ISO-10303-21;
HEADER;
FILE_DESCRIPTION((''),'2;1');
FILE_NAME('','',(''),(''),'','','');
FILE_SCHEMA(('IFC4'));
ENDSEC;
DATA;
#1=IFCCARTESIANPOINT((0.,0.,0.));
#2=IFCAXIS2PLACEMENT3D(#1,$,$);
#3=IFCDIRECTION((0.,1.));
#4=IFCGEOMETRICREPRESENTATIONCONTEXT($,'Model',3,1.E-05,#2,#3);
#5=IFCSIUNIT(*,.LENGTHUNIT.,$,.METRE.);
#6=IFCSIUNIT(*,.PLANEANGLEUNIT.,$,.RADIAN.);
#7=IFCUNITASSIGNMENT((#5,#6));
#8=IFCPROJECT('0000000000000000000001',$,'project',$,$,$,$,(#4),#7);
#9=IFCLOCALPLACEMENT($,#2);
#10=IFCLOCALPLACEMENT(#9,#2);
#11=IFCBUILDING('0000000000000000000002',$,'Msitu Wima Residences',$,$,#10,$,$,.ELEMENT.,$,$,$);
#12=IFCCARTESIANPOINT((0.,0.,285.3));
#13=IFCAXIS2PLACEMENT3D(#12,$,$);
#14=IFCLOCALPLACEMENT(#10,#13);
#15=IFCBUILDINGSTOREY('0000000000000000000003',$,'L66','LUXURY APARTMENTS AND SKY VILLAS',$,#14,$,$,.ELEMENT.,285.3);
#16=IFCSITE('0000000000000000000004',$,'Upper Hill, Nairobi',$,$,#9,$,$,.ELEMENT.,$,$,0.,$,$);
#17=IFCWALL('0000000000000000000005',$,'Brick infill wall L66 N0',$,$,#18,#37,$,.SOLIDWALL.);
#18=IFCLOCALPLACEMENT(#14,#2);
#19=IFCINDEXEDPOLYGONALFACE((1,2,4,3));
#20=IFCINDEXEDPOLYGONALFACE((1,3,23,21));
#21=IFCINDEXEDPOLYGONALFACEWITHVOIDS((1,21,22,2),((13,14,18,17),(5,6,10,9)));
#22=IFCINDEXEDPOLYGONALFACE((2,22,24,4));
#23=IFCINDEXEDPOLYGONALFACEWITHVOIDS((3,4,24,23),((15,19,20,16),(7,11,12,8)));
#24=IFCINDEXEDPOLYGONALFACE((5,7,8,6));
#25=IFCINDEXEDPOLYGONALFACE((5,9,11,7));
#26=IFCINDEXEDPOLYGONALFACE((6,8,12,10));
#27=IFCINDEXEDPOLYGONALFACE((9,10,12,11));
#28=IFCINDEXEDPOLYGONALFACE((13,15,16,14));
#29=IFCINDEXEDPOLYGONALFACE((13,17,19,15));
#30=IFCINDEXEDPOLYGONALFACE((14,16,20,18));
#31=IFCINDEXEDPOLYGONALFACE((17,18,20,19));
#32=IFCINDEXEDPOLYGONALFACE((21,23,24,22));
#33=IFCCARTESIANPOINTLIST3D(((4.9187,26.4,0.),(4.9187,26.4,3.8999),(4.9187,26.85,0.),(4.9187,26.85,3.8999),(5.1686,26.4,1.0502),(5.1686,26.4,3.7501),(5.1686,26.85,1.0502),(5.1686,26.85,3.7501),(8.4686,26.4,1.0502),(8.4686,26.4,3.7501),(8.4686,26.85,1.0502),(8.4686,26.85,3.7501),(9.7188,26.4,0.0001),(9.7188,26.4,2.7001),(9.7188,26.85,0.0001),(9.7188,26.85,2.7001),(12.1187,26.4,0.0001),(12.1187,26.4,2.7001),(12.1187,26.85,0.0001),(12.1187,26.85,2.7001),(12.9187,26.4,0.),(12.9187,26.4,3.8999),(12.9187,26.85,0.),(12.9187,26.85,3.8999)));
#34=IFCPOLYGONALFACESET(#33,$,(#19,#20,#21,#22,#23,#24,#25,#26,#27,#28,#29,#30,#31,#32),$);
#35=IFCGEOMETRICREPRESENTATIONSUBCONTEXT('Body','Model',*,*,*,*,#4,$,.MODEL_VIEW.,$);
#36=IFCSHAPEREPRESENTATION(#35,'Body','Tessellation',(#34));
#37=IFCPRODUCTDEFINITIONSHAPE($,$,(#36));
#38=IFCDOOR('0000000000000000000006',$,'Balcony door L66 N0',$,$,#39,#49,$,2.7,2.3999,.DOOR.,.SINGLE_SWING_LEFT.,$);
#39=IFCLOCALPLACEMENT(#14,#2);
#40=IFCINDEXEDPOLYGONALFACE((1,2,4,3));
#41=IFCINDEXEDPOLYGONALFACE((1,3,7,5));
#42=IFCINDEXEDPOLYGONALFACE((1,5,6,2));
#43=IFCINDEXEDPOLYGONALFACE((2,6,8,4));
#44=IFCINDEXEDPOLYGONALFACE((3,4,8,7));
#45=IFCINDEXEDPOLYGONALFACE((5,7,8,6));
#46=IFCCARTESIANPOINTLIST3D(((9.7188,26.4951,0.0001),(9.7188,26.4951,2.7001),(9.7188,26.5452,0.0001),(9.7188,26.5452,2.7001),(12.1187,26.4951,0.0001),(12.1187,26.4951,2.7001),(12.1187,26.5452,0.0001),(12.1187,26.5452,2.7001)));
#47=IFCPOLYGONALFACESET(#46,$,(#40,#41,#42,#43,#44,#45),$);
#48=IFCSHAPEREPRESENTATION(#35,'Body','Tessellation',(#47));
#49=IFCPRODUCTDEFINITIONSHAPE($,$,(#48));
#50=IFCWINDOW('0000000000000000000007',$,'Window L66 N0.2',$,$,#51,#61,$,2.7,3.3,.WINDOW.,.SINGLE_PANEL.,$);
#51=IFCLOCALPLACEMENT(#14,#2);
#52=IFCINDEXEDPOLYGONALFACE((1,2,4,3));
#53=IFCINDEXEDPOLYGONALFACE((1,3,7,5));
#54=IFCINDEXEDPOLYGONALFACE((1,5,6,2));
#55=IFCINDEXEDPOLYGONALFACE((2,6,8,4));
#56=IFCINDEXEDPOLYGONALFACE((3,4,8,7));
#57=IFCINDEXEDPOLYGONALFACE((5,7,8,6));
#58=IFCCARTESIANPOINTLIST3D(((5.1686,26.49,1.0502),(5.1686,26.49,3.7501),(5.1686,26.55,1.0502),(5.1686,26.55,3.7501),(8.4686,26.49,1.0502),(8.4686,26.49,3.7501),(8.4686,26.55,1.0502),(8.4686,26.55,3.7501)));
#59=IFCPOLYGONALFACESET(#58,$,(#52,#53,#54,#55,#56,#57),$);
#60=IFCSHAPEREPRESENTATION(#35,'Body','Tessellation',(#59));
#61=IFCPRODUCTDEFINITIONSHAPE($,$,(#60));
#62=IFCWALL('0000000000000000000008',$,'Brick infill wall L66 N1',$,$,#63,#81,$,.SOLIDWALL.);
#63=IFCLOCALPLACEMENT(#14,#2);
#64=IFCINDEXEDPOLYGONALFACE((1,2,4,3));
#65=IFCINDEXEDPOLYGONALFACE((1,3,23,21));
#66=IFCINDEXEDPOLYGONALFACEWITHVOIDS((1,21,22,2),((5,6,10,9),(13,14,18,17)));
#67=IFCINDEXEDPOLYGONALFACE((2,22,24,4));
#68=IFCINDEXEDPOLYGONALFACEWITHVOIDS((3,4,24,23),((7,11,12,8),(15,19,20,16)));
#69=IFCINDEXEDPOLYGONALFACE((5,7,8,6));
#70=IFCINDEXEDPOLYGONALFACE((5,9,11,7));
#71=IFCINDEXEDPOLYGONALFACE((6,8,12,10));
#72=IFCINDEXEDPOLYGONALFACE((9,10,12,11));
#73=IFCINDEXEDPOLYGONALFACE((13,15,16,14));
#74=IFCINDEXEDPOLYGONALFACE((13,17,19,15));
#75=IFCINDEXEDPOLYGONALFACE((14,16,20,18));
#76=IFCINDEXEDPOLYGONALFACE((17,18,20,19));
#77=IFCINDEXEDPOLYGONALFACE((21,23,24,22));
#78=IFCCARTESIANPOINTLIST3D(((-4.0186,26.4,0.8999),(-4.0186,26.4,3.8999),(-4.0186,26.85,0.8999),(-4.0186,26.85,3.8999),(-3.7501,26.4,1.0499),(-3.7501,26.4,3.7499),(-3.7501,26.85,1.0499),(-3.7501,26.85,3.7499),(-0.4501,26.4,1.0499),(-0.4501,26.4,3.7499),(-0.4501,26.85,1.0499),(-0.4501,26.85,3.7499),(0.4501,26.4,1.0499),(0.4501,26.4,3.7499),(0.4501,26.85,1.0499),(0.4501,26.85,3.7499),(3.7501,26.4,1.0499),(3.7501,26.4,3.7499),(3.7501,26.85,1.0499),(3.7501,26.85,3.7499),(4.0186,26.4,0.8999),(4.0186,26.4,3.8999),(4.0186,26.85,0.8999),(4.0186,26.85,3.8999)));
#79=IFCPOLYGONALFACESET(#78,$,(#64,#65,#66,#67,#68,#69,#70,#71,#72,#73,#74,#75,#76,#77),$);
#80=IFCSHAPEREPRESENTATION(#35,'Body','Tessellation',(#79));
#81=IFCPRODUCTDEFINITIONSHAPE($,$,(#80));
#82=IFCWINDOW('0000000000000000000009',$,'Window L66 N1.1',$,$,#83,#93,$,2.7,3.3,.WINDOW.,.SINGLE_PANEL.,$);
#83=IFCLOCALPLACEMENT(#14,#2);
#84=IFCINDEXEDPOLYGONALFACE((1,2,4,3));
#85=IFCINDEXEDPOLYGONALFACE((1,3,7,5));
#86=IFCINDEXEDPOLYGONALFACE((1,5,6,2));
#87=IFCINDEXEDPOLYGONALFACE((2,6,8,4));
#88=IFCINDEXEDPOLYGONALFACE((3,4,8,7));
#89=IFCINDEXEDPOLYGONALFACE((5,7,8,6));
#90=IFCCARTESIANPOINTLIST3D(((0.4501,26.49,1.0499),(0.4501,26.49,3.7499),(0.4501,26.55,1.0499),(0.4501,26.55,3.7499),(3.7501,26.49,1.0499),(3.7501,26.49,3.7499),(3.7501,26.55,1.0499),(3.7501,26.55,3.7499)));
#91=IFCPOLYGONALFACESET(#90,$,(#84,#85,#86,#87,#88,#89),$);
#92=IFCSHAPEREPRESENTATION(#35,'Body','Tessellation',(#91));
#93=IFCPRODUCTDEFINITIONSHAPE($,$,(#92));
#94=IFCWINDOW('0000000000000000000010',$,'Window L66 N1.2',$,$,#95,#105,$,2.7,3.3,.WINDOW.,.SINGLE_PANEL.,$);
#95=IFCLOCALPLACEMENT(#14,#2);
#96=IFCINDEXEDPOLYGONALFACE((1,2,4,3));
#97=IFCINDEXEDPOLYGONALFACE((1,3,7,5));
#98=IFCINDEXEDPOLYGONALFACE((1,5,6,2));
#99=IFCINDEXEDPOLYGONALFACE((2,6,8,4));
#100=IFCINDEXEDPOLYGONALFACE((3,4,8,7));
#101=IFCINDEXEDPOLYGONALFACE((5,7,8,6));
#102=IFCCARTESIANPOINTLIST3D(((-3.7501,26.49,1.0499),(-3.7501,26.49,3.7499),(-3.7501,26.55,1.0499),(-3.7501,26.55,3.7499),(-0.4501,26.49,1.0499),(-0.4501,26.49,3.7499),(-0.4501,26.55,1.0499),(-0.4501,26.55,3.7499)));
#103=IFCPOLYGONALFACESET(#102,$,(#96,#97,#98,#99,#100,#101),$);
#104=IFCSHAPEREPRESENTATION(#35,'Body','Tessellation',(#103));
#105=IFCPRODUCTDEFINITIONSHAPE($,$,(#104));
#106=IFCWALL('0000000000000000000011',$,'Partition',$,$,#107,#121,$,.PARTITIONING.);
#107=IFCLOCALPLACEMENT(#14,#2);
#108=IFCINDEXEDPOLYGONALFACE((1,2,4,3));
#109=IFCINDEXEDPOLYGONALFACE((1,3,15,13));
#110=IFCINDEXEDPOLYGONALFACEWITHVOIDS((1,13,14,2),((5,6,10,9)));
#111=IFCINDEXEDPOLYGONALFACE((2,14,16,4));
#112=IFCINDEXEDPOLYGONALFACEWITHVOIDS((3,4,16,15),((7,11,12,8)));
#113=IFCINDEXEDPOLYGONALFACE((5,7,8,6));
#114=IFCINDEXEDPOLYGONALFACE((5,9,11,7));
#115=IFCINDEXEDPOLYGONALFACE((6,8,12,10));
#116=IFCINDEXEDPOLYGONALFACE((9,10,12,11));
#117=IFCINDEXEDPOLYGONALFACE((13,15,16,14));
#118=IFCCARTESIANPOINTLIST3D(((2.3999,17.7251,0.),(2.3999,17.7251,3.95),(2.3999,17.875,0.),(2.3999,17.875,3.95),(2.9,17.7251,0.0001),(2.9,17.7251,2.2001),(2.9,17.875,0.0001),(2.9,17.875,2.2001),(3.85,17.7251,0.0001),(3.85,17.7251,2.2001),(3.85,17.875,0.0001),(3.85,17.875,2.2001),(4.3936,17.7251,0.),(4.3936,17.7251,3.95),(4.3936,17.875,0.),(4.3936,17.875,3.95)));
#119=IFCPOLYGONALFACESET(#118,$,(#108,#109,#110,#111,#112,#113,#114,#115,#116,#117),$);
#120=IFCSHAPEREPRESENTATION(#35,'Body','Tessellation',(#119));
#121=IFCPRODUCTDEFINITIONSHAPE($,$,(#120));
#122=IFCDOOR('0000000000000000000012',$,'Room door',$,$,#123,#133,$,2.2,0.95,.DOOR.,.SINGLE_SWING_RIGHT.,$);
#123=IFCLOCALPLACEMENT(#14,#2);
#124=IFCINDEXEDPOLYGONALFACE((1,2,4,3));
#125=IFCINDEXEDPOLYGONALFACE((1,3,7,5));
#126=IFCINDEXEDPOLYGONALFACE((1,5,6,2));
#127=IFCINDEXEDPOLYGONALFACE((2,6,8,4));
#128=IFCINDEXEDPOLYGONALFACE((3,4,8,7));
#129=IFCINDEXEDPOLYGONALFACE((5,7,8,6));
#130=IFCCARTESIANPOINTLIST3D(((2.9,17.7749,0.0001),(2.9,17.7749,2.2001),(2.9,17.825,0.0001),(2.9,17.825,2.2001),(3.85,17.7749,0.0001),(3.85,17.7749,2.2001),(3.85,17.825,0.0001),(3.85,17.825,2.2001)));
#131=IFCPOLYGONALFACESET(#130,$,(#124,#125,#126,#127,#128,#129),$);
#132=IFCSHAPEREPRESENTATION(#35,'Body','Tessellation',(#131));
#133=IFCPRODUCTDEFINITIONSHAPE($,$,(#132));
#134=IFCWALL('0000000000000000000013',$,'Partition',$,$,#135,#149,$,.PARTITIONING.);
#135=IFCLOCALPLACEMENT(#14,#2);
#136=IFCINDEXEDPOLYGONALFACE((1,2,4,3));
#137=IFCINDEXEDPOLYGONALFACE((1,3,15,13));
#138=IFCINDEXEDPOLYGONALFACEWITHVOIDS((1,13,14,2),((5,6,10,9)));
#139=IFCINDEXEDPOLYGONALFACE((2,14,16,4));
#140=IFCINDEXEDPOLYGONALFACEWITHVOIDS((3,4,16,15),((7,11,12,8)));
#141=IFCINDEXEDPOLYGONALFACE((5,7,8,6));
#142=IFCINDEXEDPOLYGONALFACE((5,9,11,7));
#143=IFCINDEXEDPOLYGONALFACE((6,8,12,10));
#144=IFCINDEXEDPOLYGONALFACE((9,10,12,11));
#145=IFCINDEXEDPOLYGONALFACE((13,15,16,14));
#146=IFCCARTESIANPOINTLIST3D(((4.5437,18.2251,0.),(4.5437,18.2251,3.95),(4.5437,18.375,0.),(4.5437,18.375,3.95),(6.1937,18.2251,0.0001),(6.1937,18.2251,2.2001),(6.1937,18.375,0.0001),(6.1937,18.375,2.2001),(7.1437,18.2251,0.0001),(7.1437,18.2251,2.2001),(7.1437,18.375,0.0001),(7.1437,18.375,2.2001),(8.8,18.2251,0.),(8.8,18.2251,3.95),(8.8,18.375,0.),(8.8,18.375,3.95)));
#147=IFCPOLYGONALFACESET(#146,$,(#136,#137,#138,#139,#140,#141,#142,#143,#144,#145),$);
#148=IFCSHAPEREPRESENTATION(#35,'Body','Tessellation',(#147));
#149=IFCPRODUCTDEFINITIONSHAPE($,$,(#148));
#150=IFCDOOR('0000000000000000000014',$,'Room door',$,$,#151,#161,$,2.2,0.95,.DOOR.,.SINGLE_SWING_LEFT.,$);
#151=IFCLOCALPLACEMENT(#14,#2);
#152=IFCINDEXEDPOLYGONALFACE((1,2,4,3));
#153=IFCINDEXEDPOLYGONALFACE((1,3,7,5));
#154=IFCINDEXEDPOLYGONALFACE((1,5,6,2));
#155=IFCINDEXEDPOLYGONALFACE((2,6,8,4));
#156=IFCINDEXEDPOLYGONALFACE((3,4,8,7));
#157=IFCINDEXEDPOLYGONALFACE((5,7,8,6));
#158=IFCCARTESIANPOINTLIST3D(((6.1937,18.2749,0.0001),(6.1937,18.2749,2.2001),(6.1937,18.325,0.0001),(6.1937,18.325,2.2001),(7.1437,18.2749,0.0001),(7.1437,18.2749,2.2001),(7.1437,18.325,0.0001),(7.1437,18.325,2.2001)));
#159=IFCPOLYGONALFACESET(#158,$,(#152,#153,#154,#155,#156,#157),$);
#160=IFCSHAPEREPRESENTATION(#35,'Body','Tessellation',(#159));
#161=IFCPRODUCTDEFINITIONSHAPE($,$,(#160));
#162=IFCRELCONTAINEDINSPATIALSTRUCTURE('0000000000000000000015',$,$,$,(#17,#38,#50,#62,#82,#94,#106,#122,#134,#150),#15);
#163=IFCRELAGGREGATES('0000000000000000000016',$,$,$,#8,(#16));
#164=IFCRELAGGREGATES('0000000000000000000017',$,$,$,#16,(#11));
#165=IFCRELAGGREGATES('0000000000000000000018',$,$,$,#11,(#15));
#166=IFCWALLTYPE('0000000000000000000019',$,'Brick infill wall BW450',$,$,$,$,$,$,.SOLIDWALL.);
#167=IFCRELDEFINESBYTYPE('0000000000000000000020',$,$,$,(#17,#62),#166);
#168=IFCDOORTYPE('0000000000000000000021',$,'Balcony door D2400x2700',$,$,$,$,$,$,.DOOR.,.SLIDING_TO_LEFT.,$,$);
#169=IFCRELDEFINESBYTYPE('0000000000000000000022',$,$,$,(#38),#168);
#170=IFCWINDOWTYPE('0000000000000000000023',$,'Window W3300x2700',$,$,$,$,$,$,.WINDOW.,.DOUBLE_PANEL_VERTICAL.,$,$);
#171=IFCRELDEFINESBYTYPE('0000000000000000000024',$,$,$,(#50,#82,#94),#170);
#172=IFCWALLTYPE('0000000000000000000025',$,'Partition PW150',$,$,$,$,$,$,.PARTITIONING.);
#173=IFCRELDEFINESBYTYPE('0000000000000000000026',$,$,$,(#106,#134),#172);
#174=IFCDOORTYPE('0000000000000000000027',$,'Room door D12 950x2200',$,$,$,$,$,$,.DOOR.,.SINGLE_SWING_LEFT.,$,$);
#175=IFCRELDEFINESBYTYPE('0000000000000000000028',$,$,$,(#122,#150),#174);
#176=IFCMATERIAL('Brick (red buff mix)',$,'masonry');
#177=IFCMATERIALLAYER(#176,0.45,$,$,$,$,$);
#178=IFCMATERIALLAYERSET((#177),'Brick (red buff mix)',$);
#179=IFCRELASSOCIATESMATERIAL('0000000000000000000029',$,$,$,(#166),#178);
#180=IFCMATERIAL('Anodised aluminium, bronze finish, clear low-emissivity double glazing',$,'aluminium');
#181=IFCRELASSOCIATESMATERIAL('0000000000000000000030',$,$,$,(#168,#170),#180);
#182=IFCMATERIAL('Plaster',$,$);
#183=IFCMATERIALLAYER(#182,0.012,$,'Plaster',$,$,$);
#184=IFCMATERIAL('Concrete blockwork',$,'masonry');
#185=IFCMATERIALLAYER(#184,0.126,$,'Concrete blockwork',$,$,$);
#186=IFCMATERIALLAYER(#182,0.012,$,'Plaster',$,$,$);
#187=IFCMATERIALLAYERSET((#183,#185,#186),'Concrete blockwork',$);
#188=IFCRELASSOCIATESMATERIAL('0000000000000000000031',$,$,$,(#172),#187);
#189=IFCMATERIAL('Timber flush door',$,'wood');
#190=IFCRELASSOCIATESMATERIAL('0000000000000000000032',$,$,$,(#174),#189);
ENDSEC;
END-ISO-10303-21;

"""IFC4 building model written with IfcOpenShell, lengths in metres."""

from ifc_helpers import new_model, si_unit, direction, frame, frame_2d, origin, place, context, subcontext, project, spatial, rectangle, extrude, material, layer, layer_set, type_object, element, fill, save


model = new_model("IFC4")

# Units and contexts
model_context = context("Model", 3, precision=1e-05, world=origin(), true_north=direction((0.0, 1.0)))
body_context = subcontext(model_context, "Body", "Model", "MODEL_VIEW")
ifc_project = project(units=[si_unit("LENGTHUNIT", "METRE"), si_unit("PLANEANGLEUNIT", "RADIAN")], contexts=[model_context])

# Site, building, storey
site_placement = place(None, origin())
site = spatial("IfcSite", under=ifc_project, at=site_placement, Name="Upper Hill, Nairobi", CompositionType="ELEMENT", RefElevation=0.0)
building_placement = place(site_placement, origin())
building = spatial("IfcBuilding", under=site, at=building_placement, Name="Msitu Wima Residences", CompositionType="ELEMENT")
storey_placement = place(building_placement, frame((0.0, 0.0, 285.3)))
storey = spatial("IfcBuildingStorey", under=building, at=storey_placement, Name="L66", Description="LUXURY APARTMENTS AND SKY VILLAS", CompositionType="ELEMENT", Elevation=285.3)

# Wall, openings, door, window
ifc_material_1 = material(Name="Brick (red buff mix)", Category="masonry")
ifc_layer_1 = layer(ifc_material_1, 0.45)
ifc_layer_set_1 = layer_set([ifc_layer_1], Name="Brick (red buff mix)")
wall_type_1 = type_object("IfcWallType", Name="Brick infill wall BW450", PredefinedType="SOLIDWALL", material=ifc_layer_set_1)
wall_1_placement = place(storey_placement, frame((12.9187, 26.625, 0.0), z_axis=(0.0, 0.0, 1.0), x_axis=(-1.0, 0.0, 0.0)))
wall_1 = element("IfcWall", 1, at=wall_1_placement, inside=storey, type_object=wall_type_1, Name="Brick infill wall L66 N0", PredefinedType="SOLIDWALL", context=body_context, shape_type="SweptSolid", body=[
    extrude(rectangle(XDim=8.0, YDim=0.45, at=frame_2d((4.0, 0.0))), origin(), (0.0, 0.0, 1.0), 3.8999),
])
opening_1_placement = place(wall_1_placement, frame((0.8, 0.0, 0.0)))
opening_1 = element("IfcOpeningElement", 2, at=opening_1_placement, cuts=wall_1, PredefinedType="OPENING", context=body_context, shape_type="SweptSolid", body=[
    extrude(rectangle(XDim=2.3999, YDim=2.7, at=frame_2d((1.2, 1.3501))), frame((0.0, 0.2349, 0.0), z_axis=(0.0, -1.0, 0.0), x_axis=(1.0, 0.0, 0.0)), (0.0, 0.0, 1.0), 0.47),
])
opening_2_placement = place(wall_1_placement, frame((4.4502, 0.0, 1.05)))
opening_2 = element("IfcOpeningElement", 3, at=opening_2_placement, cuts=wall_1, PredefinedType="OPENING", context=body_context, shape_type="SweptSolid", body=[
    extrude(rectangle(XDim=3.3, YDim=2.7, at=frame_2d((1.6499, 1.3501))), frame((0.0, 0.2349, 0.0), z_axis=(0.0, -1.0, 0.0), x_axis=(1.0, 0.0, 0.0)), (0.0, 0.0, 1.0), 0.47),
])
ifc_material_2 = material(Name="Anodised aluminium, bronze finish, clear low-emissivity double glazing", Category="aluminium")
door_type_1 = type_object("IfcDoorType", Name="Balcony door D2400x2700", OperationType="SLIDING_TO_LEFT", PredefinedType="DOOR", material=ifc_material_2)
door_1_placement = place(opening_1_placement, origin())
door_1 = element("IfcDoor", 4, at=door_1_placement, inside=storey, type_object=door_type_1, Name="Balcony door L66 N0", OperationType="SINGLE_SWING_LEFT", OverallHeight=2.7, OverallWidth=2.3999, PredefinedType="DOOR", context=body_context, shape_type="SweptSolid", body=[
    extrude(rectangle(XDim=2.3999, YDim=2.7, at=frame_2d((1.2, 1.3501))), frame((0.0, 0.1299, 0.0), z_axis=(0.0, -1.0, 0.0), x_axis=(1.0, 0.0, 0.0)), (0.0, 0.0, 1.0), 0.05),
])
fill(opening_1, door_1)
window_type = type_object("IfcWindowType", Name="Window W3300x2700", PartitioningType="DOUBLE_PANEL_VERTICAL", PredefinedType="WINDOW", material=ifc_material_2)
window_1_placement = place(opening_2_placement, origin())
window_1 = element("IfcWindow", 5, at=window_1_placement, inside=storey, type_object=window_type, Name="Window L66 N0.2", OverallHeight=2.7, OverallWidth=3.3, PartitioningType="SINGLE_PANEL", PredefinedType="WINDOW", context=body_context, shape_type="SweptSolid", body=[
    extrude(rectangle(XDim=3.3, YDim=2.7, at=frame_2d((1.6499, 1.3501))), frame((0.0, 0.135, 0.0), z_axis=(0.0, -1.0, 0.0), x_axis=(1.0, 0.0, 0.0)), (0.0, 0.0, 1.0), 0.0601),
])
fill(opening_2, window_1)

# Wall, openings, windows
wall_2_placement = place(storey_placement, frame((4.0186, 26.625, 0.8999), z_axis=(0.0, 0.0, 1.0), x_axis=(-1.0, 0.0, 0.0)))
wall_2 = element("IfcWall", 6, at=wall_2_placement, inside=storey, type_object=wall_type_1, Name="Brick infill wall L66 N1", PredefinedType="SOLIDWALL", context=body_context, shape_type="SweptSolid", body=[
    extrude(rectangle(XDim=8.0371, YDim=0.45, at=frame_2d((4.0186, 0.0))), origin(), (0.0, 0.0, 1.0), 3.0),
])
opening_3_placement = place(wall_2_placement, frame((0.2686, 0.0, 0.1499)))
opening_3 = element("IfcOpeningElement", 7, at=opening_3_placement, cuts=wall_2, PredefinedType="OPENING", context=body_context, shape_type="SweptSolid", body=[
    extrude(rectangle(XDim=3.3, YDim=2.7, at=frame_2d((1.6499, 1.3501))), frame((0.0, 0.2349, 0.0), z_axis=(0.0, -1.0, 0.0), x_axis=(1.0, 0.0, 0.0)), (0.0, 0.0, 1.0), 0.47),
])
opening_4_placement = place(wall_2_placement, frame((4.4688, 0.0, 0.1499)))
opening_4 = element("IfcOpeningElement", 8, at=opening_4_placement, cuts=wall_2, PredefinedType="OPENING", context=body_context, shape_type="SweptSolid", body=[
    extrude(rectangle(XDim=3.3, YDim=2.7, at=frame_2d((1.6499, 1.3501))), frame((0.0, 0.2349, 0.0), z_axis=(0.0, -1.0, 0.0), x_axis=(1.0, 0.0, 0.0)), (0.0, 0.0, 1.0), 0.47),
])
window_2_placement = place(opening_3_placement, origin())
window_2 = element("IfcWindow", 9, at=window_2_placement, inside=storey, type_object=window_type, Name="Window L66 N1.1", OverallHeight=2.7, OverallWidth=3.3, PartitioningType="SINGLE_PANEL", PredefinedType="WINDOW", context=body_context, shape_type="SweptSolid", body=[
    extrude(rectangle(XDim=3.3, YDim=2.7, at=frame_2d((1.6499, 1.3501))), frame((0.0, 0.135, 0.0), z_axis=(0.0, -1.0, 0.0), x_axis=(1.0, 0.0, 0.0)), (0.0, 0.0, 1.0), 0.0601),
])
fill(opening_3, window_2)
window_3_placement = place(opening_4_placement, origin())
window_3 = element("IfcWindow", 10, at=window_3_placement, inside=storey, type_object=window_type, Name="Window L66 N1.2", OverallHeight=2.7, OverallWidth=3.3, PartitioningType="SINGLE_PANEL", PredefinedType="WINDOW", context=body_context, shape_type="SweptSolid", body=[
    extrude(rectangle(XDim=3.3, YDim=2.7, at=frame_2d((1.6499, 1.3501))), frame((0.0, 0.135, 0.0), z_axis=(0.0, -1.0, 0.0), x_axis=(1.0, 0.0, 0.0)), (0.0, 0.0, 1.0), 0.0601),
])
fill(opening_4, window_3)

# Walls, openings, doors
ifc_material_3 = material(Name="Plaster")
ifc_layer_2 = layer(ifc_material_3, 0.012, Name="Plaster")
ifc_material_4 = material(Name="Concrete blockwork", Category="masonry")
ifc_layer_3 = layer(ifc_material_4, 0.126, Name="Concrete blockwork")
ifc_layer_4 = layer(ifc_material_3, 0.012, Name="Plaster")
ifc_layer_set_2 = layer_set([ifc_layer_2, ifc_layer_3, ifc_layer_4], Name="Concrete blockwork")
wall_type_2 = type_object("IfcWallType", Name="Partition PW150", PredefinedType="PARTITIONING", material=ifc_layer_set_2)
wall_3_placement = place(storey_placement, frame((2.3999, 17.8, 0.0), z_axis=(0.0, 0.0, 1.0), x_axis=(1.0, 0.0, 0.0)))
wall_3 = element("IfcWall", 11, at=wall_3_placement, inside=storey, type_object=wall_type_2, Name="Partition", PredefinedType="PARTITIONING", context=body_context, shape_type="SweptSolid", body=[
    extrude(rectangle(XDim=1.9937, YDim=0.1499, at=frame_2d((0.9968, 0.0))), origin(), (0.0, 0.0, 1.0), 3.95),
])
opening_5_placement = place(wall_3_placement, frame((0.5, 0.0, 0.0)))
opening_5 = element("IfcOpeningElement", 12, at=opening_5_placement, cuts=wall_3, PredefinedType="OPENING", context=body_context, shape_type="SweptSolid", body=[
    extrude(rectangle(XDim=0.95, YDim=2.2, at=frame_2d((0.4751, 1.1001))), frame((0.0, 0.085, 0.0), z_axis=(0.0, -1.0, 0.0), x_axis=(1.0, 0.0, 0.0)), (0.0, 0.0, 1.0), 0.1699),
])
ifc_material_5 = material(Name="Timber flush door", Category="wood")
door_type_2 = type_object("IfcDoorType", Name="Room door D12 950x2200", OperationType="SINGLE_SWING_LEFT", PredefinedType="DOOR", material=ifc_material_5)
door_2_placement = place(opening_5_placement, origin())
door_2 = element("IfcDoor", 13, at=door_2_placement, inside=storey, type_object=door_type_2, Name="Room door", OperationType="SINGLE_SWING_RIGHT", OverallHeight=2.2, OverallWidth=0.95, PredefinedType="DOOR", context=body_context, shape_type="SweptSolid", body=[
    extrude(rectangle(XDim=0.95, YDim=2.2, at=frame_2d((0.4751, 1.1001))), frame((0.0, 0.0249, 0.0), z_axis=(0.0, -1.0, 0.0), x_axis=(1.0, 0.0, 0.0)), (0.0, 0.0, 1.0), 0.05),
])
fill(opening_5, door_2)
wall_4_placement = place(storey_placement, frame((4.5437, 18.3, 0.0), z_axis=(0.0, 0.0, 1.0), x_axis=(1.0, 0.0, 0.0)))
wall_4 = element("IfcWall", 14, at=wall_4_placement, inside=storey, type_object=wall_type_2, Name="Partition", PredefinedType="PARTITIONING", context=body_context, shape_type="SweptSolid", body=[
    extrude(rectangle(XDim=4.2563, YDim=0.1499, at=frame_2d((2.1282, 0.0))), origin(), (0.0, 0.0, 1.0), 3.95),
])
opening_6_placement = place(wall_4_placement, frame((1.6499, 0.0, 0.0)))
opening_6 = element("IfcOpeningElement", 15, at=opening_6_placement, cuts=wall_4, PredefinedType="OPENING", context=body_context, shape_type="SweptSolid", body=[
    extrude(rectangle(XDim=0.95, YDim=2.2, at=frame_2d((0.4751, 1.1001))), frame((0.0, 0.085, 0.0), z_axis=(0.0, -1.0, 0.0), x_axis=(1.0, 0.0, 0.0)), (0.0, 0.0, 1.0), 0.1699),
])
door_3_placement = place(opening_6_placement, origin())
door_3 = element("IfcDoor", 16, at=door_3_placement, inside=storey, type_object=door_type_2, Name="Room door", OperationType="SINGLE_SWING_LEFT", OverallHeight=2.2, OverallWidth=0.95, PredefinedType="DOOR", context=body_context, shape_type="SweptSolid", body=[
    extrude(rectangle(XDim=0.95, YDim=2.2, at=frame_2d((0.4751, 1.1001))), frame((0.0, 0.0249, 0.0), z_axis=(0.0, -1.0, 0.0), x_axis=(1.0, 0.0, 0.0)), (0.0, 0.0, 1.0), 0.05),
])
fill(opening_6, door_3)

save(model, "model.ifc")
